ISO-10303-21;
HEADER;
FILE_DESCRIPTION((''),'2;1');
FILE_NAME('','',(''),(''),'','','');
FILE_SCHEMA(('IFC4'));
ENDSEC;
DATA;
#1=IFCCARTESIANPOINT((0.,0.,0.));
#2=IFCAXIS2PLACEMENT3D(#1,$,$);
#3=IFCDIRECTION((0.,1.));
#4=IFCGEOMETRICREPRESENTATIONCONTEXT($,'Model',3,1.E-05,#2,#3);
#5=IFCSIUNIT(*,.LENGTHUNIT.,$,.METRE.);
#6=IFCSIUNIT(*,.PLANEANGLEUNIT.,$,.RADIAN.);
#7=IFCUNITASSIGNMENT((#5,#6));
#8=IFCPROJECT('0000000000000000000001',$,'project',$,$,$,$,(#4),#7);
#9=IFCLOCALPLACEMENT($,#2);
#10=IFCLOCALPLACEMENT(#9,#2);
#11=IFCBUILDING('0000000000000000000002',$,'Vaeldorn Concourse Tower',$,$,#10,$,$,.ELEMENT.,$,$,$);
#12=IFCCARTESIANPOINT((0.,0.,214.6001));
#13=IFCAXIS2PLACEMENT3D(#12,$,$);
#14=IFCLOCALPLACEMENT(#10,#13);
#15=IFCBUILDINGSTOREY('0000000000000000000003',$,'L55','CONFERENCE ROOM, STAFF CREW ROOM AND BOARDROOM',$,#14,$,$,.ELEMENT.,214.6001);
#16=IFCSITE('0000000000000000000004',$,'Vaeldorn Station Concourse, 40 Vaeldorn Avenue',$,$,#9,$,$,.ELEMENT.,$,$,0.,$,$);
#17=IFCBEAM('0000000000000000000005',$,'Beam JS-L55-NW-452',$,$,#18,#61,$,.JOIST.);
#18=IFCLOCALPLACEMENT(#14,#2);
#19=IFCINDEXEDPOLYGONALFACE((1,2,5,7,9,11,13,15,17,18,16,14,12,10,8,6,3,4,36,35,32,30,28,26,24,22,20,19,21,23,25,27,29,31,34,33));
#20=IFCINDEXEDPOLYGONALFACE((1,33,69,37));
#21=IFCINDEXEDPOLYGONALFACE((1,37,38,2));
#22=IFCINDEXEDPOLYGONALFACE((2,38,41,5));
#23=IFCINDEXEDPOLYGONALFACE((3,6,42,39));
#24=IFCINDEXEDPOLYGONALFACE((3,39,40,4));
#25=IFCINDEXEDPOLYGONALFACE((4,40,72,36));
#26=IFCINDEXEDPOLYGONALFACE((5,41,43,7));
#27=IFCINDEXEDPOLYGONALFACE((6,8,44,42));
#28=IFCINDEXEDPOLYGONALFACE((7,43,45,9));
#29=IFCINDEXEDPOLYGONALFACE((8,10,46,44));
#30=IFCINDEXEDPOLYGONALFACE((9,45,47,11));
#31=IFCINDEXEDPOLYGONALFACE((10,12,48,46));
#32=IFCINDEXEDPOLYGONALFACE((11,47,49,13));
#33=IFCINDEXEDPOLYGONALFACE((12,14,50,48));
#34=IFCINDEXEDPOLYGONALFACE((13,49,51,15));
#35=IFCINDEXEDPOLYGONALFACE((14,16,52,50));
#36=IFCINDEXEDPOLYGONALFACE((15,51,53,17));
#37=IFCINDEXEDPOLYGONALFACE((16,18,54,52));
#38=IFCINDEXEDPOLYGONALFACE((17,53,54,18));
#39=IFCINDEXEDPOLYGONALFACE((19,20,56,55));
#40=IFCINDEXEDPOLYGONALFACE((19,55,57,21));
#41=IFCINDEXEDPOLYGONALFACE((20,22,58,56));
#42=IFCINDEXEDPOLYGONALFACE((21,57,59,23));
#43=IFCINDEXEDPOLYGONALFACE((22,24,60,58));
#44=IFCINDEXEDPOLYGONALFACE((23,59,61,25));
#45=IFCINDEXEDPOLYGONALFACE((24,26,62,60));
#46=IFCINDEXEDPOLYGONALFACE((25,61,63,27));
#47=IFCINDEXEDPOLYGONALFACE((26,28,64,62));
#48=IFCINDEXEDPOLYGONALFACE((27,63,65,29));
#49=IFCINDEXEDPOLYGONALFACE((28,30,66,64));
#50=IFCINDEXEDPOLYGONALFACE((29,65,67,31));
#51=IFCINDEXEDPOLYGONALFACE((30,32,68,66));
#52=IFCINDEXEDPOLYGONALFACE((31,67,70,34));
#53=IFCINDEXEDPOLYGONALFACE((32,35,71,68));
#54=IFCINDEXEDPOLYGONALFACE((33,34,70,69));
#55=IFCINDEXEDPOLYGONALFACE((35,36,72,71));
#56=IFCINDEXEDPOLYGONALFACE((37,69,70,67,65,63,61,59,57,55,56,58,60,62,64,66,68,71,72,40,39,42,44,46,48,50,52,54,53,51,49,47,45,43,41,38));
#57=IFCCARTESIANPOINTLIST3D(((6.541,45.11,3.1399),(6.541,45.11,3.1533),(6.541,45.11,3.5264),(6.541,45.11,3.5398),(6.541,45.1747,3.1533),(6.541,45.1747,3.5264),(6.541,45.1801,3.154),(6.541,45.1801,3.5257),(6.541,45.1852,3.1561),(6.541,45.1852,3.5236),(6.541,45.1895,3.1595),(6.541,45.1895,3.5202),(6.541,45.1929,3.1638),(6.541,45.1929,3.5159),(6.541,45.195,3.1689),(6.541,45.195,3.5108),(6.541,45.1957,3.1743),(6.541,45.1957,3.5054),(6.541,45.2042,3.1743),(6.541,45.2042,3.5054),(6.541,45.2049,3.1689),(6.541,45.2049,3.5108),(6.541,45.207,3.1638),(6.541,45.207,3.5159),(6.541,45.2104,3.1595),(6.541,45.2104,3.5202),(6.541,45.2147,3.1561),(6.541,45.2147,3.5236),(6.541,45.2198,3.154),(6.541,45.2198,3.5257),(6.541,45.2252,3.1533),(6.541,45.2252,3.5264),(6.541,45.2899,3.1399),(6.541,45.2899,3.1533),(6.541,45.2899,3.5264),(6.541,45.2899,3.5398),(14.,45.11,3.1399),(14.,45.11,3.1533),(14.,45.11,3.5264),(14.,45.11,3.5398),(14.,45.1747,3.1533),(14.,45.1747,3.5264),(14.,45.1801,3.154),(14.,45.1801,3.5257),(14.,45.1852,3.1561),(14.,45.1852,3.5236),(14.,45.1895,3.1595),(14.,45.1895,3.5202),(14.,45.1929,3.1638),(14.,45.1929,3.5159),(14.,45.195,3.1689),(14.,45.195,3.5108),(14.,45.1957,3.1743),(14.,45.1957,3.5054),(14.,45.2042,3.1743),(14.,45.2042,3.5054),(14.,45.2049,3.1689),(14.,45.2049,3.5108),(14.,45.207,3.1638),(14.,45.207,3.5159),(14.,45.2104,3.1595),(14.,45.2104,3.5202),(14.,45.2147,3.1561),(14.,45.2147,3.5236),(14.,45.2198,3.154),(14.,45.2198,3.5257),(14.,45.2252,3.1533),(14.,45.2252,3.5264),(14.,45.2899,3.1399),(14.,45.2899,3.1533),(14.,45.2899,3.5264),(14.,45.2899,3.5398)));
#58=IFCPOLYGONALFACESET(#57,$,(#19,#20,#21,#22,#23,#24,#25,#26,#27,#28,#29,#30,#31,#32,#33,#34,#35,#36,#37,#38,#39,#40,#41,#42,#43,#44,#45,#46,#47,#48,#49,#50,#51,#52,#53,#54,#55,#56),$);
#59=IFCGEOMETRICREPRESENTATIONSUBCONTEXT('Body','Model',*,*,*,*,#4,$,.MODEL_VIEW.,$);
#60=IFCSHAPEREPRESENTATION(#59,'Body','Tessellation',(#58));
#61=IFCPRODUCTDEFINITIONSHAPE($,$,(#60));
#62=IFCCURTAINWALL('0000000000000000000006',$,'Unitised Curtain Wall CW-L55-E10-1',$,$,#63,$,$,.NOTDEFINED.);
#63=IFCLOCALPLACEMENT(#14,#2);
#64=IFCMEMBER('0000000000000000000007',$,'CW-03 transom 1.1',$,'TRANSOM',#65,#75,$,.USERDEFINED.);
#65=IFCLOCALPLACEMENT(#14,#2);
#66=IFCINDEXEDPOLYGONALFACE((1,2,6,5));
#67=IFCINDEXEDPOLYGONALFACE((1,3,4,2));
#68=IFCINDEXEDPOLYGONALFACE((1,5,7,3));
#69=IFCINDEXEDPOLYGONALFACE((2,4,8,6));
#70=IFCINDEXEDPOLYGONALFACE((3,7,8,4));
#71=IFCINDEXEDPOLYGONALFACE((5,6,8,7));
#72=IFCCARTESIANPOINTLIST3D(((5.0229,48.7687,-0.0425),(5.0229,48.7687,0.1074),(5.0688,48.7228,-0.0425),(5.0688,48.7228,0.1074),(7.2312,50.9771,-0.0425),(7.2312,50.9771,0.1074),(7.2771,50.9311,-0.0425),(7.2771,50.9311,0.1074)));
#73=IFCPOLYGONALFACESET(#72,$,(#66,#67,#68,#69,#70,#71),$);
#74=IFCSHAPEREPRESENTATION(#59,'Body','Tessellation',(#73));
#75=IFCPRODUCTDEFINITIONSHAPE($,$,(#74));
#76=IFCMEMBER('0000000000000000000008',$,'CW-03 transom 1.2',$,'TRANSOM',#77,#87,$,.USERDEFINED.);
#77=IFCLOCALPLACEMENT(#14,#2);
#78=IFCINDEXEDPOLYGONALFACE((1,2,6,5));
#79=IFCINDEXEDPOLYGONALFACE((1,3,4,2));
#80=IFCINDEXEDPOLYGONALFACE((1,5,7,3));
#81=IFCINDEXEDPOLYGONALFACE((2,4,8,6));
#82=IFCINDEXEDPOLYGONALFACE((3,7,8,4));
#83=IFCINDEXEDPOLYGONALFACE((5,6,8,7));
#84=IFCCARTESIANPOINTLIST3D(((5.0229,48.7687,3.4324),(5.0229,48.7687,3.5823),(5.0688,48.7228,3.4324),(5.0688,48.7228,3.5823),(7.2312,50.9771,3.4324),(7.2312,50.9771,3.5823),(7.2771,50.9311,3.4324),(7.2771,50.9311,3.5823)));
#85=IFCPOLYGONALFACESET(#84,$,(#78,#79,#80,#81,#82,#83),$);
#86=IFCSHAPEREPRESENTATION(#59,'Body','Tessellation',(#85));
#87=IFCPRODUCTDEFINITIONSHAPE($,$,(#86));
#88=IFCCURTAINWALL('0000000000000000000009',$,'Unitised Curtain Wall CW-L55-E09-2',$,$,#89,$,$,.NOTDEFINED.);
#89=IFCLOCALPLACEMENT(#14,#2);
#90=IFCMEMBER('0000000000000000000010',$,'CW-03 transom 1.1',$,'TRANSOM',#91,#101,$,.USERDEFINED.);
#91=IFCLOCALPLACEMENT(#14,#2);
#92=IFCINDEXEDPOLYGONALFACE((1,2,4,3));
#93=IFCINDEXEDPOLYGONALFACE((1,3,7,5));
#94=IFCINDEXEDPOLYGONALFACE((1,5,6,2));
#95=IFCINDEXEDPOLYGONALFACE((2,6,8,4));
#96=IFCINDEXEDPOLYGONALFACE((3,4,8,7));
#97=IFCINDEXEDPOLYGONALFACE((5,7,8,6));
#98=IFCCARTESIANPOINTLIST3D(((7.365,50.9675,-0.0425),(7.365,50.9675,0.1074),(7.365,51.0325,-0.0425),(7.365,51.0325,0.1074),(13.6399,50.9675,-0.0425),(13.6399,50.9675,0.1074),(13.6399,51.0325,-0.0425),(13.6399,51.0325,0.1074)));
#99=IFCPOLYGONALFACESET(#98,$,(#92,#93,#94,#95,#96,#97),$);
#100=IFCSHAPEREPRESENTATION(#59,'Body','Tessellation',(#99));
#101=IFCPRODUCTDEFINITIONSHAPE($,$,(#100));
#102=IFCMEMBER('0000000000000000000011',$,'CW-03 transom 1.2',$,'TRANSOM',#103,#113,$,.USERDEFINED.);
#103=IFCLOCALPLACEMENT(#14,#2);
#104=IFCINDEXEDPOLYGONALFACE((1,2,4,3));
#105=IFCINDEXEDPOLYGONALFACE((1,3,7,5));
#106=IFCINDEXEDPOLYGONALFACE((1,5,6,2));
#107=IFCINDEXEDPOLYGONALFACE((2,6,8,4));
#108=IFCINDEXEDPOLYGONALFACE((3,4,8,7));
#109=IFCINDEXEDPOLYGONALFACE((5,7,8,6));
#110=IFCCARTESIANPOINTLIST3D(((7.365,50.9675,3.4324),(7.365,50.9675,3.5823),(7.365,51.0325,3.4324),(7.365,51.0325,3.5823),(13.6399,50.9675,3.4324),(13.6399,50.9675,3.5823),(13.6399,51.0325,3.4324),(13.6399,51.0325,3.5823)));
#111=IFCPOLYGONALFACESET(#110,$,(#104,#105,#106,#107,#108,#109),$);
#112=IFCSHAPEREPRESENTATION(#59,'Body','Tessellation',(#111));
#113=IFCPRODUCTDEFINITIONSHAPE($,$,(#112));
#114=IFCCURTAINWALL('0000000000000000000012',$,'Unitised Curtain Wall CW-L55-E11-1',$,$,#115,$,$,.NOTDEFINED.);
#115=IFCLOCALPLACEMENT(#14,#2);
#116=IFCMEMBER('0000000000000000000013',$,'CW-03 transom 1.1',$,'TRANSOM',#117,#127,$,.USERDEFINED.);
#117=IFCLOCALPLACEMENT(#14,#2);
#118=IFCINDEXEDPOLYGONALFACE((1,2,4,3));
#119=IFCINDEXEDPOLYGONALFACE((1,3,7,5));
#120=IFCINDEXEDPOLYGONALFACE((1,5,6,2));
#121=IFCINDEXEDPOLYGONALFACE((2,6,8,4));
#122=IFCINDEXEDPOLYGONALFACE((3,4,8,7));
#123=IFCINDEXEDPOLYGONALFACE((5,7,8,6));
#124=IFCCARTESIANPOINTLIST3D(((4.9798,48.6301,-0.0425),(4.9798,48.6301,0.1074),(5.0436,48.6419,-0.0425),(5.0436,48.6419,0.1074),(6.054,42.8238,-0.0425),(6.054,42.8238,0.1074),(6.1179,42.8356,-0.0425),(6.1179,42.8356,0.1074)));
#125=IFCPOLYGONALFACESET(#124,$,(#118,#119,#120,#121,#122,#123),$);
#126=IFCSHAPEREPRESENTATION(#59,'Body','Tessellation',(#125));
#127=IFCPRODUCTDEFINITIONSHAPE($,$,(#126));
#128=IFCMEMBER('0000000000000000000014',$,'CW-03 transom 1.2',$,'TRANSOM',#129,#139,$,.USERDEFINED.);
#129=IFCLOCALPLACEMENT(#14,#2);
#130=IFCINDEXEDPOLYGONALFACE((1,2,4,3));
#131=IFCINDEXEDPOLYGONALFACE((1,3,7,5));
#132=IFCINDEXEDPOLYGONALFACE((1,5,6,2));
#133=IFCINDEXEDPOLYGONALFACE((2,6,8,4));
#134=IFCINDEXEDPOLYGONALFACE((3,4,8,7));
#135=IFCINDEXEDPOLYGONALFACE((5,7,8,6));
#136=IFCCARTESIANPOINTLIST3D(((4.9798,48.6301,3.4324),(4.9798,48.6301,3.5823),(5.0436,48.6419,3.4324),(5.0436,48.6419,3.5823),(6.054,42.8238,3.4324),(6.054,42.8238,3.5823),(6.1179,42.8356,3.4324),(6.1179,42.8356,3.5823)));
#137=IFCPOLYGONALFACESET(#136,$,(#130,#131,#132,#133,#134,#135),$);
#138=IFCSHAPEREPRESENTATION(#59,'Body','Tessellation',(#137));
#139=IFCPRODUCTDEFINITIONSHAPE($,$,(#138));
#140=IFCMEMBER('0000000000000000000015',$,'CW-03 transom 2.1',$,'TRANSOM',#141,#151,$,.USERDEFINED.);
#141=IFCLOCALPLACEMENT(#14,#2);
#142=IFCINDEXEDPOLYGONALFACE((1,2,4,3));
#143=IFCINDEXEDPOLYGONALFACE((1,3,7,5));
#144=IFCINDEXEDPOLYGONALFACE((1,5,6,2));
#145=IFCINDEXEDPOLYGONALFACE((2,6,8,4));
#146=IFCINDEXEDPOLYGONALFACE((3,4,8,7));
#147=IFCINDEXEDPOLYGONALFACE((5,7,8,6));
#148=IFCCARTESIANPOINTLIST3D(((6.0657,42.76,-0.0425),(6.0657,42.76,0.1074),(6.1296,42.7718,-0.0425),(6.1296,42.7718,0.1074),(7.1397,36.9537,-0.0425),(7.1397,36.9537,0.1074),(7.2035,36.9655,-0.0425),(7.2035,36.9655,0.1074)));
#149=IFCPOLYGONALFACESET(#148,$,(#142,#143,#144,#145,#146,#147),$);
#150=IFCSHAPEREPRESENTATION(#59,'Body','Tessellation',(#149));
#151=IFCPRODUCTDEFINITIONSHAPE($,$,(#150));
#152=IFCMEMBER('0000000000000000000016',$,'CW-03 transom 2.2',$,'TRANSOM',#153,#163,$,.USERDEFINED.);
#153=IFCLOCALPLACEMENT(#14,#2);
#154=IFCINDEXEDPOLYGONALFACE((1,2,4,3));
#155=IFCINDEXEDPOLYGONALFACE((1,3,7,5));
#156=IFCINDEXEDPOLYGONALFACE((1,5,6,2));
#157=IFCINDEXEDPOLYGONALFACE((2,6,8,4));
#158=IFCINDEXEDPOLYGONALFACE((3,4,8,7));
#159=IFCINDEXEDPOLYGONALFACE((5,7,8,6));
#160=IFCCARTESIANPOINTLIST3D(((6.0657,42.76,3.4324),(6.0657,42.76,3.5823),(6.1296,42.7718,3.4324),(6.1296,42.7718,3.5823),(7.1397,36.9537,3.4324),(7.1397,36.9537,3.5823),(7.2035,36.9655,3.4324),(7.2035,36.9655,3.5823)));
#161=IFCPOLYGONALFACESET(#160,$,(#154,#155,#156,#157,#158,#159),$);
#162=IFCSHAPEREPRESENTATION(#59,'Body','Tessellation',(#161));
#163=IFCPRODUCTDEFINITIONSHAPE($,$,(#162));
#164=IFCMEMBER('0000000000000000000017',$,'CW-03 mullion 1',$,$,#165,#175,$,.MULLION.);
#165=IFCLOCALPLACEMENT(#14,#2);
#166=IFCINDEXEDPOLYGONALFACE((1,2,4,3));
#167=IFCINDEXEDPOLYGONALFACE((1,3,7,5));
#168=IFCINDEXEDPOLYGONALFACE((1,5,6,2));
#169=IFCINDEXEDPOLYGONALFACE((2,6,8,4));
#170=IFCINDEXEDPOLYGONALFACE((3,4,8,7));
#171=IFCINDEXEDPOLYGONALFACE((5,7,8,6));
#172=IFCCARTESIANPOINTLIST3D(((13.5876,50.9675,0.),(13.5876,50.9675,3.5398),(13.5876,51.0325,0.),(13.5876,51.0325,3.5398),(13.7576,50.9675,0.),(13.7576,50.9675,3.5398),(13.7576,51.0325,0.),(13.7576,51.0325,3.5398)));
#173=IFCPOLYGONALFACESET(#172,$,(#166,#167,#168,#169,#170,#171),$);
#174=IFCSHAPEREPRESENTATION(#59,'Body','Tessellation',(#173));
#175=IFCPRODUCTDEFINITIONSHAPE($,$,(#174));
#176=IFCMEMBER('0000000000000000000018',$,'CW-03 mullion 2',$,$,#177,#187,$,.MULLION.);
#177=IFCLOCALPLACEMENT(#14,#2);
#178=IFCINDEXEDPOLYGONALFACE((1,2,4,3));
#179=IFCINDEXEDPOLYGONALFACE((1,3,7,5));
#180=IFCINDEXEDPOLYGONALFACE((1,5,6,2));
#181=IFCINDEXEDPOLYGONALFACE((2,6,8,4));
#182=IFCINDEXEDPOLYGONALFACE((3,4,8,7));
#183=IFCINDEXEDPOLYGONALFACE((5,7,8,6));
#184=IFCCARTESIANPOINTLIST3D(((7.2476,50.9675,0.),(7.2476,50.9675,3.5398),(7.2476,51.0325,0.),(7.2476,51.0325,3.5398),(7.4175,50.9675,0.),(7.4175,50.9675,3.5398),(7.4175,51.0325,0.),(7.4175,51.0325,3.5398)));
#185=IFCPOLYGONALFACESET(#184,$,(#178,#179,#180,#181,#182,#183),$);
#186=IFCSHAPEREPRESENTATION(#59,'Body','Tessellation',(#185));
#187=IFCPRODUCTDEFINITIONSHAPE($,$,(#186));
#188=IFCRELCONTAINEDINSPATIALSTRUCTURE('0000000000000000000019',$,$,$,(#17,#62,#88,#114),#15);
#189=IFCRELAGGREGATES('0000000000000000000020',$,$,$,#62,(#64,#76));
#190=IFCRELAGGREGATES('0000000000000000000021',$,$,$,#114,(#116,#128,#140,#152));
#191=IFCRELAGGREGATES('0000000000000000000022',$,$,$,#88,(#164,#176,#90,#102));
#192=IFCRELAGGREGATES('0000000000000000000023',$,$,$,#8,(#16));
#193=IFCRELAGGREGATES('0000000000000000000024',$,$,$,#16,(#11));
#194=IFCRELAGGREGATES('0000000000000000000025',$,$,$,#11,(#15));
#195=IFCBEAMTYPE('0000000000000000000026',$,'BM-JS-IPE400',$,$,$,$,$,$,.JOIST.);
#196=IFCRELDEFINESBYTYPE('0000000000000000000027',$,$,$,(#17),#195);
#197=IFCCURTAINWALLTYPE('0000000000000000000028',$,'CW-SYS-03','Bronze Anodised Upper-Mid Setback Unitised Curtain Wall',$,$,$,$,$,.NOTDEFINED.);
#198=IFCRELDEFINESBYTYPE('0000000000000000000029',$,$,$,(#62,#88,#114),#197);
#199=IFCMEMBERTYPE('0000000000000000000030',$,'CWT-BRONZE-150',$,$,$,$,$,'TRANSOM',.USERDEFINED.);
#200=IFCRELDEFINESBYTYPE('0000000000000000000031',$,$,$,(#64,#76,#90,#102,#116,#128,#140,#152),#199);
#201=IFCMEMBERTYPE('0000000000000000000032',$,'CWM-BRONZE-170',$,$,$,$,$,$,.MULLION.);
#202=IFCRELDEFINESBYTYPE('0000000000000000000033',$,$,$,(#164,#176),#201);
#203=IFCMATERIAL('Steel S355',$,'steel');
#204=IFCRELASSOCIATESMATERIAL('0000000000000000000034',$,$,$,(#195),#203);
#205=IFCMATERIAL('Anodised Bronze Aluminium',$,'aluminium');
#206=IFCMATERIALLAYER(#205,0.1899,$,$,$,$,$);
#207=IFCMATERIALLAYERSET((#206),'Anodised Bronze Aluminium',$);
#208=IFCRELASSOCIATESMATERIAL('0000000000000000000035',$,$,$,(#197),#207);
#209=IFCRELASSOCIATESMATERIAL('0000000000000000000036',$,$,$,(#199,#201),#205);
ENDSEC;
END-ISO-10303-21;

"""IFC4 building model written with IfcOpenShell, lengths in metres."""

from ifc_helpers import new_model, si_unit, direction, frame, origin, origin_2d, place, context, subcontext, project, spatial, rectangle, i_section, extrude, source, transform, mapped, material, layer, layer_set, material_profile, profile_set, type_object, element, aggregate, save


model = new_model("IFC4")

# Units and contexts
model_context = context("Model", 3, precision=1e-05, world=origin(), true_north=direction((0.0, 1.0)))
body_context = subcontext(model_context, "Body", "Model", "MODEL_VIEW")
ifc_project = project(units=[si_unit("LENGTHUNIT", "METRE"), si_unit("PLANEANGLEUNIT", "RADIAN")], contexts=[model_context])

# Site, building, storey
site_placement = place(None, origin())
site = spatial("IfcSite", under=ifc_project, at=site_placement, Name="Vaeldorn Station Concourse, 40 Vaeldorn Avenue", CompositionType="ELEMENT", RefElevation=0.0)
building_placement = place(site_placement, origin())
building = spatial("IfcBuilding", under=site, at=building_placement, Name="Vaeldorn Concourse Tower", CompositionType="ELEMENT")
storey_placement = place(building_placement, frame((0.0, 0.0, 214.6001)))
storey = spatial("IfcBuildingStorey", under=building, at=storey_placement, Name="L55", Description="CONFERENCE ROOM, STAFF CREW ROOM AND BOARDROOM", CompositionType="ELEMENT", Elevation=214.6001)

# Beam
ifc_material_1 = material(Name="Steel S355", Category="steel")
ifc_material_profile_1 = material_profile(ifc_material_1, i_section(OverallWidth=0.1799, OverallDepth=0.3999, WebThickness=0.0085, FlangeThickness=0.0134, FilletRadius=0.021, at=origin_2d()), Name="IPE 400")
ifc_profile_set_1 = profile_set([ifc_material_profile_1], Name="Steel S355")
beam_type_1 = type_object("IfcBeamType", Name="BM-JS-IPE400", PredefinedType="JOIST", material=ifc_profile_set_1)
shared_shape_1 = source(origin(), body_context, "Body", "SweptSolid", [
    extrude(i_section(OverallWidth=0.1799, OverallDepth=0.3999, WebThickness=0.0085, FlangeThickness=0.0134, FilletRadius=0.021, at=origin_2d()), origin(), (0.0, 0.0, 1.0), 7.459),
])
beam_1_placement = place(storey_placement, frame((6.541, 45.2, 3.3398), z_axis=(1.0, 0.0, 0.0), x_axis=(0.0, 1.0, 0.0)))
element("IfcBeam", 1, at=beam_1_placement, inside=storey, type_object=beam_type_1, Name="Beam JS-L55-NW-452", PredefinedType="JOIST", context=body_context, shape_type="MappedRepresentation", body=[
    mapped(shared_shape_1, transform((0.0, 0.0, 0.0), scale=1.0)),
])

# Curtain walls, members
ifc_material_2 = material(Name="Anodised Bronze Aluminium", Category="aluminium")
ifc_layer_1 = layer(ifc_material_2, 0.1899)
ifc_layer_set_1 = layer_set([ifc_layer_1], Name="Anodised Bronze Aluminium")
curtain_wall_type = type_object("IfcCurtainWallType", Name="CW-SYS-03", Description="Bronze Anodised Upper-Mid Setback Unitised Curtain Wall", PredefinedType="NOTDEFINED", material=ifc_layer_set_1)
curtain_wall_1_placement = place(storey_placement, origin())
curtain_wall_1 = element("IfcCurtainWall", 2, at=curtain_wall_1_placement, inside=storey, type_object=curtain_wall_type, Name="Unitised Curtain Wall CW-L55-E10-1", PredefinedType="NOTDEFINED")
ifc_material_profile_2 = material_profile(ifc_material_2, rectangle(XDim=0.0649, YDim=0.1499, at=origin_2d()), Name="CWT 65x150")
ifc_profile_set_2 = profile_set([ifc_material_profile_2], Name="Anodised Bronze Aluminium")
member_type_1 = type_object("IfcMemberType", Name="CWT-BRONZE-150", ElementType="TRANSOM", PredefinedType="USERDEFINED", material=ifc_profile_set_2)
shared_shape_2 = source(origin(), body_context, "Body", "SweptSolid", [
    extrude(rectangle(XDim=0.0649, YDim=0.1499, at=origin_2d()), origin(), (0.0, 0.0, 1.0), 3.123),
])
member_1_placement = place(storey_placement, frame((7.2542, 50.9541, 0.0325), z_axis=(-0.707107, -0.707107, 0.0), x_axis=(0.707107, -0.707107, 0.0)))
member_1 = element("IfcMember", 3, at=member_1_placement, type_object=member_type_1, Name="CW-03 transom 1.1", ObjectType="TRANSOM", PredefinedType="USERDEFINED", context=body_context, shape_type="MappedRepresentation", body=[
    mapped(shared_shape_2, transform((0.0, 0.0, 0.0), scale=1.0)),
])
member_2_placement = place(storey_placement, frame((7.2542, 50.9541, 3.5073), z_axis=(-0.707107, -0.707107, 0.0), x_axis=(0.707107, -0.707107, 0.0)))
member_2 = element("IfcMember", 4, at=member_2_placement, type_object=member_type_1, Name="CW-03 transom 1.2", ObjectType="TRANSOM", PredefinedType="USERDEFINED", context=body_context, shape_type="MappedRepresentation", body=[
    mapped(shared_shape_2, transform((0.0, 0.0, 0.0), scale=1.0)),
])
curtain_wall_2_placement = place(storey_placement, origin())
curtain_wall_2 = element("IfcCurtainWall", 5, at=curtain_wall_2_placement, inside=storey, type_object=curtain_wall_type, Name="Unitised Curtain Wall CW-L55-E09-2", PredefinedType="NOTDEFINED")
shared_shape_3 = source(origin(), body_context, "Body", "SweptSolid", [
    extrude(rectangle(XDim=0.0649, YDim=0.1499, at=origin_2d()), origin(), (0.0, 0.0, 1.0), 6.2749),
])
member_3_placement = place(storey_placement, frame((13.6399, 51.0, 0.0325), z_axis=(-1.0, 0.0, 0.0), x_axis=(0.0, -1.0, 0.0)))
member_3 = element("IfcMember", 6, at=member_3_placement, type_object=member_type_1, Name="CW-03 transom 1.1", ObjectType="TRANSOM", PredefinedType="USERDEFINED", context=body_context, shape_type="MappedRepresentation", body=[
    mapped(shared_shape_3, transform((0.0, 0.0, 0.0), scale=1.0)),
])
member_4_placement = place(storey_placement, frame((13.6399, 51.0, 3.5073), z_axis=(-1.0, 0.0, 0.0), x_axis=(0.0, -1.0, 0.0)))
member_4 = element("IfcMember", 7, at=member_4_placement, type_object=member_type_1, Name="CW-03 transom 1.2", ObjectType="TRANSOM", PredefinedType="USERDEFINED", context=body_context, shape_type="MappedRepresentation", body=[
    mapped(shared_shape_3, transform((0.0, 0.0, 0.0), scale=1.0)),
])
curtain_wall_3_placement = place(storey_placement, origin())
curtain_wall_3 = element("IfcCurtainWall", 8, at=curtain_wall_3_placement, inside=storey, type_object=curtain_wall_type, Name="Unitised Curtain Wall CW-L55-E11-1", PredefinedType="NOTDEFINED")
shared_shape_4 = source(origin(), body_context, "Body", "SweptSolid", [
    extrude(rectangle(XDim=0.0649, YDim=0.1499, at=origin_2d()), origin(), (0.0, 0.0, 1.0), 5.9048),
])
member_5_placement = place(storey_placement, frame((5.0117, 48.636, 0.0325), z_axis=(0.181926, -0.983312, 0.0), x_axis=(0.983312, 0.181926, 0.0)))
member_5 = element("IfcMember", 9, at=member_5_placement, type_object=member_type_1, Name="CW-03 transom 1.1", ObjectType="TRANSOM", PredefinedType="USERDEFINED", context=body_context, shape_type="MappedRepresentation", body=[
    mapped(shared_shape_4, transform((0.0, 0.0, 0.0), scale=1.0)),
])
member_6_placement = place(storey_placement, frame((5.0117, 48.636, 3.5073), z_axis=(0.181926, -0.983312, 0.0), x_axis=(0.983312, 0.181926, 0.0)))
member_6 = element("IfcMember", 10, at=member_6_placement, type_object=member_type_1, Name="CW-03 transom 1.2", ObjectType="TRANSOM", PredefinedType="USERDEFINED", context=body_context, shape_type="MappedRepresentation", body=[
    mapped(shared_shape_4, transform((0.0, 0.0, 0.0), scale=1.0)),
])
member_7_placement = place(storey_placement, frame((6.0977, 42.7659, 0.0325), z_axis=(0.181879, -0.983321, 0.0), x_axis=(0.983321, 0.181879, 0.0)))
member_7 = element("IfcMember", 11, at=member_7_placement, type_object=member_type_1, Name="CW-03 transom 2.1", ObjectType="TRANSOM", PredefinedType="USERDEFINED", context=body_context, shape_type="MappedRepresentation", body=[
    mapped(shared_shape_4, transform((0.0, 0.0, 0.0), scale=1.0)),
])
member_8_placement = place(storey_placement, frame((6.0977, 42.7659, 3.5073), z_axis=(0.181879, -0.983321, 0.0), x_axis=(0.983321, 0.181879, 0.0)))
member_8 = element("IfcMember", 12, at=member_8_placement, type_object=member_type_1, Name="CW-03 transom 2.2", ObjectType="TRANSOM", PredefinedType="USERDEFINED", context=body_context, shape_type="MappedRepresentation", body=[
    mapped(shared_shape_4, transform((0.0, 0.0, 0.0), scale=1.0)),
])

# Members
ifc_material_profile_3 = material_profile(ifc_material_2, rectangle(XDim=0.0649, YDim=0.1699, at=origin_2d()), Name="CWM 65x170")
ifc_profile_set_3 = profile_set([ifc_material_profile_3], Name="Anodised Bronze Aluminium")
member_type_2 = type_object("IfcMemberType", Name="CWM-BRONZE-170", PredefinedType="MULLION", material=ifc_profile_set_3)
shared_shape_5 = source(origin(), body_context, "Body", "SweptSolid", [
    extrude(rectangle(XDim=0.0649, YDim=0.1699, at=origin_2d()), origin(), (0.0, 0.0, 1.0), 3.5398),
])
member_9_placement = place(storey_placement, frame((13.6726, 51.0, 0.0), z_axis=(0.0, 0.0, 1.0), x_axis=(0.0, -1.0, 0.0)))
member_9 = element("IfcMember", 13, at=member_9_placement, type_object=member_type_2, Name="CW-03 mullion 1", PredefinedType="MULLION", context=body_context, shape_type="MappedRepresentation", body=[
    mapped(shared_shape_5, transform((0.0, 0.0, 0.0), scale=1.0)),
])
member_10_placement = place(storey_placement, frame((7.3325, 51.0, 0.0), z_axis=(0.0, 0.0, 1.0), x_axis=(0.0, -1.0, 0.0)))
member_10 = element("IfcMember", 14, at=member_10_placement, type_object=member_type_2, Name="CW-03 mullion 2", PredefinedType="MULLION", context=body_context, shape_type="MappedRepresentation", body=[
    mapped(shared_shape_5, transform((0.0, 0.0, 0.0), scale=1.0)),
])

aggregate(curtain_wall_1, [member_1, member_2])
aggregate(curtain_wall_3, [member_5, member_6, member_7, member_8])
aggregate(curtain_wall_2, [member_9, member_10, member_3, member_4])

save(model, "model.ifc")
